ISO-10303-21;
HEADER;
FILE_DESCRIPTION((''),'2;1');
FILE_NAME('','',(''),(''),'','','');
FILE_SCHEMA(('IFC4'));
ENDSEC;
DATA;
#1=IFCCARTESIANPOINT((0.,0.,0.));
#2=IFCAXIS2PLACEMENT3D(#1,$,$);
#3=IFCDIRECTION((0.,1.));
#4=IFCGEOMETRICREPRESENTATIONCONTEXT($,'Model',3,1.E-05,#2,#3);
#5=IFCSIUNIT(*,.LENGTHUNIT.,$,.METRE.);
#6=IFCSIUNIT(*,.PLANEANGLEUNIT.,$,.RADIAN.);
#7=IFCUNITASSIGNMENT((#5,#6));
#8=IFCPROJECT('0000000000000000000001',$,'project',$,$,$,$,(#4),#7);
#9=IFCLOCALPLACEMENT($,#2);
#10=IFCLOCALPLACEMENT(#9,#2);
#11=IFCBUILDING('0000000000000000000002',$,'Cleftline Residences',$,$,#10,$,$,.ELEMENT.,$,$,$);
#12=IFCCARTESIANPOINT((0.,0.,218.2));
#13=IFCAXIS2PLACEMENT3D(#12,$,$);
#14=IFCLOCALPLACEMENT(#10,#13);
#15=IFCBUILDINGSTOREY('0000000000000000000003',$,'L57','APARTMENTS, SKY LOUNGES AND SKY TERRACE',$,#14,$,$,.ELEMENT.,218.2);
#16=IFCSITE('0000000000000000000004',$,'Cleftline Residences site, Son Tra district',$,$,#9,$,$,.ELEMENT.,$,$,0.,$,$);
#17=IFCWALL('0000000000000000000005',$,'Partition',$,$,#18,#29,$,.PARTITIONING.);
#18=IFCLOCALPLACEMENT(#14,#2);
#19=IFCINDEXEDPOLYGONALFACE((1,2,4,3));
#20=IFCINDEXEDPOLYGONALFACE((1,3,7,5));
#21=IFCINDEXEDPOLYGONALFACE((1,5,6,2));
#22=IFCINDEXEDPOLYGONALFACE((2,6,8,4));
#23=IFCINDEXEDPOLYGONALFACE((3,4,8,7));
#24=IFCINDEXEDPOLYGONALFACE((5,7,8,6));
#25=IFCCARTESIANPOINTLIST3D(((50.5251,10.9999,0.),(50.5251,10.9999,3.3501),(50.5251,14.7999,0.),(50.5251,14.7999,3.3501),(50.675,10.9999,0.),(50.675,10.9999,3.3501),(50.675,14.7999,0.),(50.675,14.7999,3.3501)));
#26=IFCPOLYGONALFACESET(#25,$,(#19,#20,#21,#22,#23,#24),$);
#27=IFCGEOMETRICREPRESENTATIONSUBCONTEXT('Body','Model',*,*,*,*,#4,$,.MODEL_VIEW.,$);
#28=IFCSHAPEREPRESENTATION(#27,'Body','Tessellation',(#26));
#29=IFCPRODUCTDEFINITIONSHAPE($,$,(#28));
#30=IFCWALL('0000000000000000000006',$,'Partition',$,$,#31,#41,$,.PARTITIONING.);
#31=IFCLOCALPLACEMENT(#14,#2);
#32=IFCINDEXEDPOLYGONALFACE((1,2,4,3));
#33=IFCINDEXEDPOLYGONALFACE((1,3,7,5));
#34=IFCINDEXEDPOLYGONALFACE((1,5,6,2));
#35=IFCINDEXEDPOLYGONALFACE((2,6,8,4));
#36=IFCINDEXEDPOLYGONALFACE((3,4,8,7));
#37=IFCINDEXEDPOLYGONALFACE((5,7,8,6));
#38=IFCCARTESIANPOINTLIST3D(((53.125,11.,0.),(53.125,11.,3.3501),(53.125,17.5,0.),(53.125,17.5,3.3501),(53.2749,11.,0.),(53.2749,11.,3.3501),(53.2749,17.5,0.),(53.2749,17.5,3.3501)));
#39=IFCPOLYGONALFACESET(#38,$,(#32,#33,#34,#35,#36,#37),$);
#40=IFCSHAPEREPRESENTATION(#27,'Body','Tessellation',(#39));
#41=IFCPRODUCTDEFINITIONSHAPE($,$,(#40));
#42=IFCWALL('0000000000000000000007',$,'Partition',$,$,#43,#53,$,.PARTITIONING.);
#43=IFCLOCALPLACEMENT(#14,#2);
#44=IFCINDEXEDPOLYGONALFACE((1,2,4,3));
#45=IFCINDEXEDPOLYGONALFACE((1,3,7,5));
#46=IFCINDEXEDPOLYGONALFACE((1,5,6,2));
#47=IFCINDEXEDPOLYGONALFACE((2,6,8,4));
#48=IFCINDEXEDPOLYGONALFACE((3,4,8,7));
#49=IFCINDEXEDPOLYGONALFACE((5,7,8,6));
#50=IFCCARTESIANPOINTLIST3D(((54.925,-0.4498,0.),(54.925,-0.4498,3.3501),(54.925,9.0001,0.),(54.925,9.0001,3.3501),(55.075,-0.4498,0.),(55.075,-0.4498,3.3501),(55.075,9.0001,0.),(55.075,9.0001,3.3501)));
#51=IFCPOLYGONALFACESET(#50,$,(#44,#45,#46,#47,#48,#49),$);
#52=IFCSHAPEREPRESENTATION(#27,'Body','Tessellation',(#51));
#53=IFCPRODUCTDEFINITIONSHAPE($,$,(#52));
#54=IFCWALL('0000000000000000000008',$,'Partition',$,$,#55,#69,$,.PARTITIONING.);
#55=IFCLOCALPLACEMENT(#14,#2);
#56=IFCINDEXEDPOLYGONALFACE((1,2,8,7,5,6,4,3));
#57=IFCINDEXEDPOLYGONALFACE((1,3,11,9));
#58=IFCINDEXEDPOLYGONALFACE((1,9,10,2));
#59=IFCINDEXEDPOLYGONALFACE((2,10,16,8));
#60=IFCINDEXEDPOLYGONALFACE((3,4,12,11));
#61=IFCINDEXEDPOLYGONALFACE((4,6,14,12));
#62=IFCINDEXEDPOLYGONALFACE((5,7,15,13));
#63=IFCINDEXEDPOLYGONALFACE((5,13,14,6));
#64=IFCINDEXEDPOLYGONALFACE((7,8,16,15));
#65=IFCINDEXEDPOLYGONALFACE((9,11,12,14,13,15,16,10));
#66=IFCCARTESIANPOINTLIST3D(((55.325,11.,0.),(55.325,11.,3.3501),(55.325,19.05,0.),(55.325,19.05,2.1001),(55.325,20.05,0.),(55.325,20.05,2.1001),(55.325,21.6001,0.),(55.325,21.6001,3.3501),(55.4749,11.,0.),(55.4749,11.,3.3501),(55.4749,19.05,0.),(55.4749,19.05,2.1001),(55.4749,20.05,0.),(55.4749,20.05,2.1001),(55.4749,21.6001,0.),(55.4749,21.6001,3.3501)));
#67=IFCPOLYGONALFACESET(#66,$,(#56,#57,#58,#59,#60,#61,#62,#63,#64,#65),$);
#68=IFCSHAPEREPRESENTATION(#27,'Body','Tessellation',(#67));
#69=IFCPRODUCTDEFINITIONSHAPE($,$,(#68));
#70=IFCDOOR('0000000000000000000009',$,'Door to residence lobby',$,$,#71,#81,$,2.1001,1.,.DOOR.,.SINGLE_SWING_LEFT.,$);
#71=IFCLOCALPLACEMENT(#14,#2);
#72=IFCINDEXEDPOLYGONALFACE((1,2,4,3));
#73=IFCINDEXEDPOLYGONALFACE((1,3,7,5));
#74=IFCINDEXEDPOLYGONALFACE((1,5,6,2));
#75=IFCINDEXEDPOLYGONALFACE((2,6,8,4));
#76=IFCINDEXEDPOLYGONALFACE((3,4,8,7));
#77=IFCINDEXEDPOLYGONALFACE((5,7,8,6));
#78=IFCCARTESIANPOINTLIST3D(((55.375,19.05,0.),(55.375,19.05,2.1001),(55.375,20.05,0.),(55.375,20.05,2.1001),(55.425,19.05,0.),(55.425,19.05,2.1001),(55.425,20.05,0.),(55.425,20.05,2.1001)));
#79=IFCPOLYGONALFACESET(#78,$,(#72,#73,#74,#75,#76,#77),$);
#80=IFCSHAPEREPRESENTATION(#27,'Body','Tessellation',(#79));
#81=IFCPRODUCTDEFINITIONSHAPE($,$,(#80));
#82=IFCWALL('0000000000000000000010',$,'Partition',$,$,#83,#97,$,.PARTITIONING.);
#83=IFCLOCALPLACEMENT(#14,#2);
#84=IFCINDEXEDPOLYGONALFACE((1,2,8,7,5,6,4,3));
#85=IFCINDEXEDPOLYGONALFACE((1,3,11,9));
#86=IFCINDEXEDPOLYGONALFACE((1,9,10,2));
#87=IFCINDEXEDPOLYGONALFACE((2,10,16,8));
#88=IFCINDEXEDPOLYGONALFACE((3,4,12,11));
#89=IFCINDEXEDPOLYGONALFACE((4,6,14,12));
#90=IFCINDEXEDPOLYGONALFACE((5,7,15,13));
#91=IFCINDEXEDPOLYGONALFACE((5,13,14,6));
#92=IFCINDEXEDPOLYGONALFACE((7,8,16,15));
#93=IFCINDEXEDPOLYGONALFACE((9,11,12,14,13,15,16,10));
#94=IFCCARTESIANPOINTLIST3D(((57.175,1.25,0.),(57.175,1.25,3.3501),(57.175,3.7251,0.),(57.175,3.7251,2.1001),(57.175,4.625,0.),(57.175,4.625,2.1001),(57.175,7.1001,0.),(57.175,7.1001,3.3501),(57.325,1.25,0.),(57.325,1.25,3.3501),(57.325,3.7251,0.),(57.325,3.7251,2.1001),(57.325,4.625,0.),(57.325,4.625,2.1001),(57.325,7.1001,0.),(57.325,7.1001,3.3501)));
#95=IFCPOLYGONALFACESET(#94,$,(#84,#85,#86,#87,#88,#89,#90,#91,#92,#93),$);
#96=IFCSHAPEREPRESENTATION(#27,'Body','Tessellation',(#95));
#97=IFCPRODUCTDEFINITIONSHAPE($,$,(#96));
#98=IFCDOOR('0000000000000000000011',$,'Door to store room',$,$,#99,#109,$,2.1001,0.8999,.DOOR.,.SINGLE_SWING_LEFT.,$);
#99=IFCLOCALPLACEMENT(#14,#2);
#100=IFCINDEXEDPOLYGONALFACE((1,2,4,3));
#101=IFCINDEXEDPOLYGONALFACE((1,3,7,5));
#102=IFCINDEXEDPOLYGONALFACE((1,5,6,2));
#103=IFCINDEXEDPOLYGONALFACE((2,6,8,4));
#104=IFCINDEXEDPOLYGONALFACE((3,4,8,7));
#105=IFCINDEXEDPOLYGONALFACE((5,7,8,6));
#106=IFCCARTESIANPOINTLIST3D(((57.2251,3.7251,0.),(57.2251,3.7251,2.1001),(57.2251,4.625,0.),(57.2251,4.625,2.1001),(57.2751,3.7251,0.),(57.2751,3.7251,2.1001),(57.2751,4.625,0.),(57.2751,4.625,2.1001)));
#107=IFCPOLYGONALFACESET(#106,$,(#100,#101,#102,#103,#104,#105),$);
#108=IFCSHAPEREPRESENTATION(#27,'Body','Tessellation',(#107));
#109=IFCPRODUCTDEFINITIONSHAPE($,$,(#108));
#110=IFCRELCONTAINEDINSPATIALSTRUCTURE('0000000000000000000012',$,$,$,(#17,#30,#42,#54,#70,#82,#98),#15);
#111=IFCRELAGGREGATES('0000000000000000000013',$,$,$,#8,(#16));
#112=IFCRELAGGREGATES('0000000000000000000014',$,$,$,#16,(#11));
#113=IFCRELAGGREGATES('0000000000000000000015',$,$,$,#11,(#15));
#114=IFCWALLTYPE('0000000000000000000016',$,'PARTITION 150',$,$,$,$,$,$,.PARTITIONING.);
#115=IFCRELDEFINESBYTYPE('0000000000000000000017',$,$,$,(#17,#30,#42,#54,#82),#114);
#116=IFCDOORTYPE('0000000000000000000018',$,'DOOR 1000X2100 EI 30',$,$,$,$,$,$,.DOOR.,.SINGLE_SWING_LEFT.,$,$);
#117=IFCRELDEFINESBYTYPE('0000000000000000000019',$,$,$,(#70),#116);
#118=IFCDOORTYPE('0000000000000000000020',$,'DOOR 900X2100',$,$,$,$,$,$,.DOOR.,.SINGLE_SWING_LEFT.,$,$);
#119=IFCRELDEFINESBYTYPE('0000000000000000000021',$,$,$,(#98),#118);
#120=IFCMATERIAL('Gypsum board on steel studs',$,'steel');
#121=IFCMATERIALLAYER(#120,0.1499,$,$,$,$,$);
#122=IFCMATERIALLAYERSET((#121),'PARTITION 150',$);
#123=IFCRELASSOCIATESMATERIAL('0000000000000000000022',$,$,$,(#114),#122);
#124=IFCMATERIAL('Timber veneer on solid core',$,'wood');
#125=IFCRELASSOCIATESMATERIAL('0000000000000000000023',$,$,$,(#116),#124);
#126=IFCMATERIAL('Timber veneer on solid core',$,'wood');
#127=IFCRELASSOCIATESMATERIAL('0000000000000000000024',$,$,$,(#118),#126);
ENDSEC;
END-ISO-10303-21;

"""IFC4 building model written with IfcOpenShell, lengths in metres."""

from ifc_helpers import new_model, si_unit, direction, frame, frame_2d, origin, place, context, subcontext, project, spatial, rectangle, extrude, material, layer, layer_set, type_object, element, fill, save


model = new_model("IFC4")

# Units and contexts
model_context = context("Model", 3, precision=1e-05, world=origin(), true_north=direction((0.0, 1.0)))
body_context = subcontext(model_context, "Body", "Model", "MODEL_VIEW")
ifc_project = project(units=[si_unit("LENGTHUNIT", "METRE"), si_unit("PLANEANGLEUNIT", "RADIAN")], contexts=[model_context])

# Site, building, storey
site_placement = place(None, origin())
site = spatial("IfcSite", under=ifc_project, at=site_placement, Name="Cleftline Residences site, Son Tra district", CompositionType="ELEMENT", RefElevation=0.0)
building_placement = place(site_placement, origin())
building = spatial("IfcBuilding", under=site, at=building_placement, Name="Cleftline Residences", CompositionType="ELEMENT")
storey_placement = place(building_placement, frame((0.0, 0.0, 218.2)))
storey = spatial("IfcBuildingStorey", under=building, at=storey_placement, Name="L57", Description="APARTMENTS, SKY LOUNGES AND SKY TERRACE", CompositionType="ELEMENT", Elevation=218.2)

# Shared definitions
ifc_material_1 = material(Name="Gypsum board on steel studs", Category="steel")
ifc_layer = layer(ifc_material_1, 0.1499)
ifc_layer_set = layer_set([ifc_layer], Name="PARTITION 150")
wall_type = type_object("IfcWallType", Name="PARTITION 150", PredefinedType="PARTITIONING", material=ifc_layer_set)

# Walls
wall_1_placement = place(storey_placement, frame((50.6001, 11.0, 0.0), z_axis=(0.0, 0.0, 1.0), x_axis=(0.0, 1.0, 0.0)))
element("IfcWall", 1, at=wall_1_placement, inside=storey, type_object=wall_type, Name="Partition", PredefinedType="PARTITIONING", context=body_context, shape_type="SweptSolid", body=[
    extrude(rectangle(XDim=3.8, YDim=0.1499, at=frame_2d((1.8999, 0.0))), origin(), (0.0, 0.0, 1.0), 3.3501),
])
wall_2_placement = place(storey_placement, frame((53.2, 11.0, 0.0), z_axis=(0.0, 0.0, 1.0), x_axis=(0.0, 1.0, 0.0)))
element("IfcWall", 2, at=wall_2_placement, inside=storey, type_object=wall_type, Name="Partition", PredefinedType="PARTITIONING", context=body_context, shape_type="SweptSolid", body=[
    extrude(rectangle(XDim=6.5, YDim=0.1499, at=frame_2d((3.25, 0.0))), origin(), (0.0, 0.0, 1.0), 3.3501),
])
wall_3_placement = place(storey_placement, frame((55.0, -0.45, 0.0), z_axis=(0.0, 0.0, 1.0), x_axis=(0.0, 1.0, 0.0)))
element("IfcWall", 3, at=wall_3_placement, inside=storey, type_object=wall_type, Name="Partition", PredefinedType="PARTITIONING", context=body_context, shape_type="SweptSolid", body=[
    extrude(rectangle(XDim=9.45, YDim=0.1499, at=frame_2d((4.7251, 0.0))), origin(), (0.0, 0.0, 1.0), 3.3501),
])

# Walls, openings, doors
wall_4_placement = place(storey_placement, frame((55.3999, 11.0, 0.0), z_axis=(0.0, 0.0, 1.0), x_axis=(0.0, 1.0, 0.0)))
wall_4 = element("IfcWall", 4, at=wall_4_placement, inside=storey, type_object=wall_type, Name="Partition", PredefinedType="PARTITIONING", context=body_context, shape_type="SweptSolid", body=[
    extrude(rectangle(XDim=10.6001, YDim=0.1499, at=frame_2d((5.3, 0.0))), origin(), (0.0, 0.0, 1.0), 3.3501),
])
opening_1_placement = place(wall_4_placement, frame((8.05, 0.0, 0.0)))
opening_1 = element("IfcOpeningElement", 5, at=opening_1_placement, cuts=wall_4, PredefinedType="OPENING", context=body_context, shape_type="SweptSolid", body=[
    extrude(rectangle(XDim=1.0, YDim=2.1001, at=frame_2d((0.5, 1.05))), frame((0.0, 0.085, 0.0), z_axis=(0.0, -1.0, 0.0), x_axis=(1.0, 0.0, 0.0)), (0.0, 0.0, 1.0), 0.1699),
])
ifc_material_2 = material(Name="Timber veneer on solid core", Category="wood")
door_type_1 = type_object("IfcDoorType", Name="DOOR 1000X2100 EI 30", OperationType="SINGLE_SWING_LEFT", PredefinedType="DOOR", material=ifc_material_2)
door_1_placement = place(opening_1_placement, origin())
door_1 = element("IfcDoor", 6, at=door_1_placement, inside=storey, type_object=door_type_1, Name="Door to residence lobby", OperationType="SINGLE_SWING_LEFT", OverallHeight=2.1001, OverallWidth=1.0, PredefinedType="DOOR", context=body_context, shape_type="SweptSolid", body=[
    extrude(rectangle(XDim=1.0, YDim=2.1001, at=frame_2d((0.5, 1.05))), frame((0.0, 0.0249, 0.0), z_axis=(0.0, -1.0, 0.0), x_axis=(1.0, 0.0, 0.0)), (0.0, 0.0, 1.0), 0.05),
])
fill(opening_1, door_1)
wall_5_placement = place(storey_placement, frame((57.25, 1.25, 0.0), z_axis=(0.0, 0.0, 1.0), x_axis=(0.0, 1.0, 0.0)))
wall_5 = element("IfcWall", 7, at=wall_5_placement, inside=storey, type_object=wall_type, Name="Partition", PredefinedType="PARTITIONING", context=body_context, shape_type="SweptSolid", body=[
    extrude(rectangle(XDim=5.8501, YDim=0.1499, at=frame_2d((2.925, 0.0))), origin(), (0.0, 0.0, 1.0), 3.3501),
])
opening_2_placement = place(wall_5_placement, frame((2.4751, 0.0, 0.0)))
opening_2 = element("IfcOpeningElement", 8, at=opening_2_placement, cuts=wall_5, PredefinedType="OPENING", context=body_context, shape_type="SweptSolid", body=[
    extrude(rectangle(XDim=0.8999, YDim=2.1001, at=frame_2d((0.45, 1.05))), frame((0.0, 0.085, 0.0), z_axis=(0.0, -1.0, 0.0), x_axis=(1.0, 0.0, 0.0)), (0.0, 0.0, 1.0), 0.1699),
])
ifc_material_3 = material(Name="Timber veneer on solid core", Category="wood")
door_type_2 = type_object("IfcDoorType", Name="DOOR 900X2100", OperationType="SINGLE_SWING_LEFT", PredefinedType="DOOR", material=ifc_material_3)
door_2_placement = place(opening_2_placement, origin())
door_2 = element("IfcDoor", 9, at=door_2_placement, inside=storey, type_object=door_type_2, Name="Door to store room", OperationType="SINGLE_SWING_LEFT", OverallHeight=2.1001, OverallWidth=0.8999, PredefinedType="DOOR", context=body_context, shape_type="SweptSolid", body=[
    extrude(rectangle(XDim=0.8999, YDim=2.1001, at=frame_2d((0.45, 1.05))), frame((0.0, 0.0249, 0.0), z_axis=(0.0, -1.0, 0.0), x_axis=(1.0, 0.0, 0.0)), (0.0, 0.0, 1.0), 0.05),
])
fill(opening_2, door_2)

save(model, "model.ifc")
